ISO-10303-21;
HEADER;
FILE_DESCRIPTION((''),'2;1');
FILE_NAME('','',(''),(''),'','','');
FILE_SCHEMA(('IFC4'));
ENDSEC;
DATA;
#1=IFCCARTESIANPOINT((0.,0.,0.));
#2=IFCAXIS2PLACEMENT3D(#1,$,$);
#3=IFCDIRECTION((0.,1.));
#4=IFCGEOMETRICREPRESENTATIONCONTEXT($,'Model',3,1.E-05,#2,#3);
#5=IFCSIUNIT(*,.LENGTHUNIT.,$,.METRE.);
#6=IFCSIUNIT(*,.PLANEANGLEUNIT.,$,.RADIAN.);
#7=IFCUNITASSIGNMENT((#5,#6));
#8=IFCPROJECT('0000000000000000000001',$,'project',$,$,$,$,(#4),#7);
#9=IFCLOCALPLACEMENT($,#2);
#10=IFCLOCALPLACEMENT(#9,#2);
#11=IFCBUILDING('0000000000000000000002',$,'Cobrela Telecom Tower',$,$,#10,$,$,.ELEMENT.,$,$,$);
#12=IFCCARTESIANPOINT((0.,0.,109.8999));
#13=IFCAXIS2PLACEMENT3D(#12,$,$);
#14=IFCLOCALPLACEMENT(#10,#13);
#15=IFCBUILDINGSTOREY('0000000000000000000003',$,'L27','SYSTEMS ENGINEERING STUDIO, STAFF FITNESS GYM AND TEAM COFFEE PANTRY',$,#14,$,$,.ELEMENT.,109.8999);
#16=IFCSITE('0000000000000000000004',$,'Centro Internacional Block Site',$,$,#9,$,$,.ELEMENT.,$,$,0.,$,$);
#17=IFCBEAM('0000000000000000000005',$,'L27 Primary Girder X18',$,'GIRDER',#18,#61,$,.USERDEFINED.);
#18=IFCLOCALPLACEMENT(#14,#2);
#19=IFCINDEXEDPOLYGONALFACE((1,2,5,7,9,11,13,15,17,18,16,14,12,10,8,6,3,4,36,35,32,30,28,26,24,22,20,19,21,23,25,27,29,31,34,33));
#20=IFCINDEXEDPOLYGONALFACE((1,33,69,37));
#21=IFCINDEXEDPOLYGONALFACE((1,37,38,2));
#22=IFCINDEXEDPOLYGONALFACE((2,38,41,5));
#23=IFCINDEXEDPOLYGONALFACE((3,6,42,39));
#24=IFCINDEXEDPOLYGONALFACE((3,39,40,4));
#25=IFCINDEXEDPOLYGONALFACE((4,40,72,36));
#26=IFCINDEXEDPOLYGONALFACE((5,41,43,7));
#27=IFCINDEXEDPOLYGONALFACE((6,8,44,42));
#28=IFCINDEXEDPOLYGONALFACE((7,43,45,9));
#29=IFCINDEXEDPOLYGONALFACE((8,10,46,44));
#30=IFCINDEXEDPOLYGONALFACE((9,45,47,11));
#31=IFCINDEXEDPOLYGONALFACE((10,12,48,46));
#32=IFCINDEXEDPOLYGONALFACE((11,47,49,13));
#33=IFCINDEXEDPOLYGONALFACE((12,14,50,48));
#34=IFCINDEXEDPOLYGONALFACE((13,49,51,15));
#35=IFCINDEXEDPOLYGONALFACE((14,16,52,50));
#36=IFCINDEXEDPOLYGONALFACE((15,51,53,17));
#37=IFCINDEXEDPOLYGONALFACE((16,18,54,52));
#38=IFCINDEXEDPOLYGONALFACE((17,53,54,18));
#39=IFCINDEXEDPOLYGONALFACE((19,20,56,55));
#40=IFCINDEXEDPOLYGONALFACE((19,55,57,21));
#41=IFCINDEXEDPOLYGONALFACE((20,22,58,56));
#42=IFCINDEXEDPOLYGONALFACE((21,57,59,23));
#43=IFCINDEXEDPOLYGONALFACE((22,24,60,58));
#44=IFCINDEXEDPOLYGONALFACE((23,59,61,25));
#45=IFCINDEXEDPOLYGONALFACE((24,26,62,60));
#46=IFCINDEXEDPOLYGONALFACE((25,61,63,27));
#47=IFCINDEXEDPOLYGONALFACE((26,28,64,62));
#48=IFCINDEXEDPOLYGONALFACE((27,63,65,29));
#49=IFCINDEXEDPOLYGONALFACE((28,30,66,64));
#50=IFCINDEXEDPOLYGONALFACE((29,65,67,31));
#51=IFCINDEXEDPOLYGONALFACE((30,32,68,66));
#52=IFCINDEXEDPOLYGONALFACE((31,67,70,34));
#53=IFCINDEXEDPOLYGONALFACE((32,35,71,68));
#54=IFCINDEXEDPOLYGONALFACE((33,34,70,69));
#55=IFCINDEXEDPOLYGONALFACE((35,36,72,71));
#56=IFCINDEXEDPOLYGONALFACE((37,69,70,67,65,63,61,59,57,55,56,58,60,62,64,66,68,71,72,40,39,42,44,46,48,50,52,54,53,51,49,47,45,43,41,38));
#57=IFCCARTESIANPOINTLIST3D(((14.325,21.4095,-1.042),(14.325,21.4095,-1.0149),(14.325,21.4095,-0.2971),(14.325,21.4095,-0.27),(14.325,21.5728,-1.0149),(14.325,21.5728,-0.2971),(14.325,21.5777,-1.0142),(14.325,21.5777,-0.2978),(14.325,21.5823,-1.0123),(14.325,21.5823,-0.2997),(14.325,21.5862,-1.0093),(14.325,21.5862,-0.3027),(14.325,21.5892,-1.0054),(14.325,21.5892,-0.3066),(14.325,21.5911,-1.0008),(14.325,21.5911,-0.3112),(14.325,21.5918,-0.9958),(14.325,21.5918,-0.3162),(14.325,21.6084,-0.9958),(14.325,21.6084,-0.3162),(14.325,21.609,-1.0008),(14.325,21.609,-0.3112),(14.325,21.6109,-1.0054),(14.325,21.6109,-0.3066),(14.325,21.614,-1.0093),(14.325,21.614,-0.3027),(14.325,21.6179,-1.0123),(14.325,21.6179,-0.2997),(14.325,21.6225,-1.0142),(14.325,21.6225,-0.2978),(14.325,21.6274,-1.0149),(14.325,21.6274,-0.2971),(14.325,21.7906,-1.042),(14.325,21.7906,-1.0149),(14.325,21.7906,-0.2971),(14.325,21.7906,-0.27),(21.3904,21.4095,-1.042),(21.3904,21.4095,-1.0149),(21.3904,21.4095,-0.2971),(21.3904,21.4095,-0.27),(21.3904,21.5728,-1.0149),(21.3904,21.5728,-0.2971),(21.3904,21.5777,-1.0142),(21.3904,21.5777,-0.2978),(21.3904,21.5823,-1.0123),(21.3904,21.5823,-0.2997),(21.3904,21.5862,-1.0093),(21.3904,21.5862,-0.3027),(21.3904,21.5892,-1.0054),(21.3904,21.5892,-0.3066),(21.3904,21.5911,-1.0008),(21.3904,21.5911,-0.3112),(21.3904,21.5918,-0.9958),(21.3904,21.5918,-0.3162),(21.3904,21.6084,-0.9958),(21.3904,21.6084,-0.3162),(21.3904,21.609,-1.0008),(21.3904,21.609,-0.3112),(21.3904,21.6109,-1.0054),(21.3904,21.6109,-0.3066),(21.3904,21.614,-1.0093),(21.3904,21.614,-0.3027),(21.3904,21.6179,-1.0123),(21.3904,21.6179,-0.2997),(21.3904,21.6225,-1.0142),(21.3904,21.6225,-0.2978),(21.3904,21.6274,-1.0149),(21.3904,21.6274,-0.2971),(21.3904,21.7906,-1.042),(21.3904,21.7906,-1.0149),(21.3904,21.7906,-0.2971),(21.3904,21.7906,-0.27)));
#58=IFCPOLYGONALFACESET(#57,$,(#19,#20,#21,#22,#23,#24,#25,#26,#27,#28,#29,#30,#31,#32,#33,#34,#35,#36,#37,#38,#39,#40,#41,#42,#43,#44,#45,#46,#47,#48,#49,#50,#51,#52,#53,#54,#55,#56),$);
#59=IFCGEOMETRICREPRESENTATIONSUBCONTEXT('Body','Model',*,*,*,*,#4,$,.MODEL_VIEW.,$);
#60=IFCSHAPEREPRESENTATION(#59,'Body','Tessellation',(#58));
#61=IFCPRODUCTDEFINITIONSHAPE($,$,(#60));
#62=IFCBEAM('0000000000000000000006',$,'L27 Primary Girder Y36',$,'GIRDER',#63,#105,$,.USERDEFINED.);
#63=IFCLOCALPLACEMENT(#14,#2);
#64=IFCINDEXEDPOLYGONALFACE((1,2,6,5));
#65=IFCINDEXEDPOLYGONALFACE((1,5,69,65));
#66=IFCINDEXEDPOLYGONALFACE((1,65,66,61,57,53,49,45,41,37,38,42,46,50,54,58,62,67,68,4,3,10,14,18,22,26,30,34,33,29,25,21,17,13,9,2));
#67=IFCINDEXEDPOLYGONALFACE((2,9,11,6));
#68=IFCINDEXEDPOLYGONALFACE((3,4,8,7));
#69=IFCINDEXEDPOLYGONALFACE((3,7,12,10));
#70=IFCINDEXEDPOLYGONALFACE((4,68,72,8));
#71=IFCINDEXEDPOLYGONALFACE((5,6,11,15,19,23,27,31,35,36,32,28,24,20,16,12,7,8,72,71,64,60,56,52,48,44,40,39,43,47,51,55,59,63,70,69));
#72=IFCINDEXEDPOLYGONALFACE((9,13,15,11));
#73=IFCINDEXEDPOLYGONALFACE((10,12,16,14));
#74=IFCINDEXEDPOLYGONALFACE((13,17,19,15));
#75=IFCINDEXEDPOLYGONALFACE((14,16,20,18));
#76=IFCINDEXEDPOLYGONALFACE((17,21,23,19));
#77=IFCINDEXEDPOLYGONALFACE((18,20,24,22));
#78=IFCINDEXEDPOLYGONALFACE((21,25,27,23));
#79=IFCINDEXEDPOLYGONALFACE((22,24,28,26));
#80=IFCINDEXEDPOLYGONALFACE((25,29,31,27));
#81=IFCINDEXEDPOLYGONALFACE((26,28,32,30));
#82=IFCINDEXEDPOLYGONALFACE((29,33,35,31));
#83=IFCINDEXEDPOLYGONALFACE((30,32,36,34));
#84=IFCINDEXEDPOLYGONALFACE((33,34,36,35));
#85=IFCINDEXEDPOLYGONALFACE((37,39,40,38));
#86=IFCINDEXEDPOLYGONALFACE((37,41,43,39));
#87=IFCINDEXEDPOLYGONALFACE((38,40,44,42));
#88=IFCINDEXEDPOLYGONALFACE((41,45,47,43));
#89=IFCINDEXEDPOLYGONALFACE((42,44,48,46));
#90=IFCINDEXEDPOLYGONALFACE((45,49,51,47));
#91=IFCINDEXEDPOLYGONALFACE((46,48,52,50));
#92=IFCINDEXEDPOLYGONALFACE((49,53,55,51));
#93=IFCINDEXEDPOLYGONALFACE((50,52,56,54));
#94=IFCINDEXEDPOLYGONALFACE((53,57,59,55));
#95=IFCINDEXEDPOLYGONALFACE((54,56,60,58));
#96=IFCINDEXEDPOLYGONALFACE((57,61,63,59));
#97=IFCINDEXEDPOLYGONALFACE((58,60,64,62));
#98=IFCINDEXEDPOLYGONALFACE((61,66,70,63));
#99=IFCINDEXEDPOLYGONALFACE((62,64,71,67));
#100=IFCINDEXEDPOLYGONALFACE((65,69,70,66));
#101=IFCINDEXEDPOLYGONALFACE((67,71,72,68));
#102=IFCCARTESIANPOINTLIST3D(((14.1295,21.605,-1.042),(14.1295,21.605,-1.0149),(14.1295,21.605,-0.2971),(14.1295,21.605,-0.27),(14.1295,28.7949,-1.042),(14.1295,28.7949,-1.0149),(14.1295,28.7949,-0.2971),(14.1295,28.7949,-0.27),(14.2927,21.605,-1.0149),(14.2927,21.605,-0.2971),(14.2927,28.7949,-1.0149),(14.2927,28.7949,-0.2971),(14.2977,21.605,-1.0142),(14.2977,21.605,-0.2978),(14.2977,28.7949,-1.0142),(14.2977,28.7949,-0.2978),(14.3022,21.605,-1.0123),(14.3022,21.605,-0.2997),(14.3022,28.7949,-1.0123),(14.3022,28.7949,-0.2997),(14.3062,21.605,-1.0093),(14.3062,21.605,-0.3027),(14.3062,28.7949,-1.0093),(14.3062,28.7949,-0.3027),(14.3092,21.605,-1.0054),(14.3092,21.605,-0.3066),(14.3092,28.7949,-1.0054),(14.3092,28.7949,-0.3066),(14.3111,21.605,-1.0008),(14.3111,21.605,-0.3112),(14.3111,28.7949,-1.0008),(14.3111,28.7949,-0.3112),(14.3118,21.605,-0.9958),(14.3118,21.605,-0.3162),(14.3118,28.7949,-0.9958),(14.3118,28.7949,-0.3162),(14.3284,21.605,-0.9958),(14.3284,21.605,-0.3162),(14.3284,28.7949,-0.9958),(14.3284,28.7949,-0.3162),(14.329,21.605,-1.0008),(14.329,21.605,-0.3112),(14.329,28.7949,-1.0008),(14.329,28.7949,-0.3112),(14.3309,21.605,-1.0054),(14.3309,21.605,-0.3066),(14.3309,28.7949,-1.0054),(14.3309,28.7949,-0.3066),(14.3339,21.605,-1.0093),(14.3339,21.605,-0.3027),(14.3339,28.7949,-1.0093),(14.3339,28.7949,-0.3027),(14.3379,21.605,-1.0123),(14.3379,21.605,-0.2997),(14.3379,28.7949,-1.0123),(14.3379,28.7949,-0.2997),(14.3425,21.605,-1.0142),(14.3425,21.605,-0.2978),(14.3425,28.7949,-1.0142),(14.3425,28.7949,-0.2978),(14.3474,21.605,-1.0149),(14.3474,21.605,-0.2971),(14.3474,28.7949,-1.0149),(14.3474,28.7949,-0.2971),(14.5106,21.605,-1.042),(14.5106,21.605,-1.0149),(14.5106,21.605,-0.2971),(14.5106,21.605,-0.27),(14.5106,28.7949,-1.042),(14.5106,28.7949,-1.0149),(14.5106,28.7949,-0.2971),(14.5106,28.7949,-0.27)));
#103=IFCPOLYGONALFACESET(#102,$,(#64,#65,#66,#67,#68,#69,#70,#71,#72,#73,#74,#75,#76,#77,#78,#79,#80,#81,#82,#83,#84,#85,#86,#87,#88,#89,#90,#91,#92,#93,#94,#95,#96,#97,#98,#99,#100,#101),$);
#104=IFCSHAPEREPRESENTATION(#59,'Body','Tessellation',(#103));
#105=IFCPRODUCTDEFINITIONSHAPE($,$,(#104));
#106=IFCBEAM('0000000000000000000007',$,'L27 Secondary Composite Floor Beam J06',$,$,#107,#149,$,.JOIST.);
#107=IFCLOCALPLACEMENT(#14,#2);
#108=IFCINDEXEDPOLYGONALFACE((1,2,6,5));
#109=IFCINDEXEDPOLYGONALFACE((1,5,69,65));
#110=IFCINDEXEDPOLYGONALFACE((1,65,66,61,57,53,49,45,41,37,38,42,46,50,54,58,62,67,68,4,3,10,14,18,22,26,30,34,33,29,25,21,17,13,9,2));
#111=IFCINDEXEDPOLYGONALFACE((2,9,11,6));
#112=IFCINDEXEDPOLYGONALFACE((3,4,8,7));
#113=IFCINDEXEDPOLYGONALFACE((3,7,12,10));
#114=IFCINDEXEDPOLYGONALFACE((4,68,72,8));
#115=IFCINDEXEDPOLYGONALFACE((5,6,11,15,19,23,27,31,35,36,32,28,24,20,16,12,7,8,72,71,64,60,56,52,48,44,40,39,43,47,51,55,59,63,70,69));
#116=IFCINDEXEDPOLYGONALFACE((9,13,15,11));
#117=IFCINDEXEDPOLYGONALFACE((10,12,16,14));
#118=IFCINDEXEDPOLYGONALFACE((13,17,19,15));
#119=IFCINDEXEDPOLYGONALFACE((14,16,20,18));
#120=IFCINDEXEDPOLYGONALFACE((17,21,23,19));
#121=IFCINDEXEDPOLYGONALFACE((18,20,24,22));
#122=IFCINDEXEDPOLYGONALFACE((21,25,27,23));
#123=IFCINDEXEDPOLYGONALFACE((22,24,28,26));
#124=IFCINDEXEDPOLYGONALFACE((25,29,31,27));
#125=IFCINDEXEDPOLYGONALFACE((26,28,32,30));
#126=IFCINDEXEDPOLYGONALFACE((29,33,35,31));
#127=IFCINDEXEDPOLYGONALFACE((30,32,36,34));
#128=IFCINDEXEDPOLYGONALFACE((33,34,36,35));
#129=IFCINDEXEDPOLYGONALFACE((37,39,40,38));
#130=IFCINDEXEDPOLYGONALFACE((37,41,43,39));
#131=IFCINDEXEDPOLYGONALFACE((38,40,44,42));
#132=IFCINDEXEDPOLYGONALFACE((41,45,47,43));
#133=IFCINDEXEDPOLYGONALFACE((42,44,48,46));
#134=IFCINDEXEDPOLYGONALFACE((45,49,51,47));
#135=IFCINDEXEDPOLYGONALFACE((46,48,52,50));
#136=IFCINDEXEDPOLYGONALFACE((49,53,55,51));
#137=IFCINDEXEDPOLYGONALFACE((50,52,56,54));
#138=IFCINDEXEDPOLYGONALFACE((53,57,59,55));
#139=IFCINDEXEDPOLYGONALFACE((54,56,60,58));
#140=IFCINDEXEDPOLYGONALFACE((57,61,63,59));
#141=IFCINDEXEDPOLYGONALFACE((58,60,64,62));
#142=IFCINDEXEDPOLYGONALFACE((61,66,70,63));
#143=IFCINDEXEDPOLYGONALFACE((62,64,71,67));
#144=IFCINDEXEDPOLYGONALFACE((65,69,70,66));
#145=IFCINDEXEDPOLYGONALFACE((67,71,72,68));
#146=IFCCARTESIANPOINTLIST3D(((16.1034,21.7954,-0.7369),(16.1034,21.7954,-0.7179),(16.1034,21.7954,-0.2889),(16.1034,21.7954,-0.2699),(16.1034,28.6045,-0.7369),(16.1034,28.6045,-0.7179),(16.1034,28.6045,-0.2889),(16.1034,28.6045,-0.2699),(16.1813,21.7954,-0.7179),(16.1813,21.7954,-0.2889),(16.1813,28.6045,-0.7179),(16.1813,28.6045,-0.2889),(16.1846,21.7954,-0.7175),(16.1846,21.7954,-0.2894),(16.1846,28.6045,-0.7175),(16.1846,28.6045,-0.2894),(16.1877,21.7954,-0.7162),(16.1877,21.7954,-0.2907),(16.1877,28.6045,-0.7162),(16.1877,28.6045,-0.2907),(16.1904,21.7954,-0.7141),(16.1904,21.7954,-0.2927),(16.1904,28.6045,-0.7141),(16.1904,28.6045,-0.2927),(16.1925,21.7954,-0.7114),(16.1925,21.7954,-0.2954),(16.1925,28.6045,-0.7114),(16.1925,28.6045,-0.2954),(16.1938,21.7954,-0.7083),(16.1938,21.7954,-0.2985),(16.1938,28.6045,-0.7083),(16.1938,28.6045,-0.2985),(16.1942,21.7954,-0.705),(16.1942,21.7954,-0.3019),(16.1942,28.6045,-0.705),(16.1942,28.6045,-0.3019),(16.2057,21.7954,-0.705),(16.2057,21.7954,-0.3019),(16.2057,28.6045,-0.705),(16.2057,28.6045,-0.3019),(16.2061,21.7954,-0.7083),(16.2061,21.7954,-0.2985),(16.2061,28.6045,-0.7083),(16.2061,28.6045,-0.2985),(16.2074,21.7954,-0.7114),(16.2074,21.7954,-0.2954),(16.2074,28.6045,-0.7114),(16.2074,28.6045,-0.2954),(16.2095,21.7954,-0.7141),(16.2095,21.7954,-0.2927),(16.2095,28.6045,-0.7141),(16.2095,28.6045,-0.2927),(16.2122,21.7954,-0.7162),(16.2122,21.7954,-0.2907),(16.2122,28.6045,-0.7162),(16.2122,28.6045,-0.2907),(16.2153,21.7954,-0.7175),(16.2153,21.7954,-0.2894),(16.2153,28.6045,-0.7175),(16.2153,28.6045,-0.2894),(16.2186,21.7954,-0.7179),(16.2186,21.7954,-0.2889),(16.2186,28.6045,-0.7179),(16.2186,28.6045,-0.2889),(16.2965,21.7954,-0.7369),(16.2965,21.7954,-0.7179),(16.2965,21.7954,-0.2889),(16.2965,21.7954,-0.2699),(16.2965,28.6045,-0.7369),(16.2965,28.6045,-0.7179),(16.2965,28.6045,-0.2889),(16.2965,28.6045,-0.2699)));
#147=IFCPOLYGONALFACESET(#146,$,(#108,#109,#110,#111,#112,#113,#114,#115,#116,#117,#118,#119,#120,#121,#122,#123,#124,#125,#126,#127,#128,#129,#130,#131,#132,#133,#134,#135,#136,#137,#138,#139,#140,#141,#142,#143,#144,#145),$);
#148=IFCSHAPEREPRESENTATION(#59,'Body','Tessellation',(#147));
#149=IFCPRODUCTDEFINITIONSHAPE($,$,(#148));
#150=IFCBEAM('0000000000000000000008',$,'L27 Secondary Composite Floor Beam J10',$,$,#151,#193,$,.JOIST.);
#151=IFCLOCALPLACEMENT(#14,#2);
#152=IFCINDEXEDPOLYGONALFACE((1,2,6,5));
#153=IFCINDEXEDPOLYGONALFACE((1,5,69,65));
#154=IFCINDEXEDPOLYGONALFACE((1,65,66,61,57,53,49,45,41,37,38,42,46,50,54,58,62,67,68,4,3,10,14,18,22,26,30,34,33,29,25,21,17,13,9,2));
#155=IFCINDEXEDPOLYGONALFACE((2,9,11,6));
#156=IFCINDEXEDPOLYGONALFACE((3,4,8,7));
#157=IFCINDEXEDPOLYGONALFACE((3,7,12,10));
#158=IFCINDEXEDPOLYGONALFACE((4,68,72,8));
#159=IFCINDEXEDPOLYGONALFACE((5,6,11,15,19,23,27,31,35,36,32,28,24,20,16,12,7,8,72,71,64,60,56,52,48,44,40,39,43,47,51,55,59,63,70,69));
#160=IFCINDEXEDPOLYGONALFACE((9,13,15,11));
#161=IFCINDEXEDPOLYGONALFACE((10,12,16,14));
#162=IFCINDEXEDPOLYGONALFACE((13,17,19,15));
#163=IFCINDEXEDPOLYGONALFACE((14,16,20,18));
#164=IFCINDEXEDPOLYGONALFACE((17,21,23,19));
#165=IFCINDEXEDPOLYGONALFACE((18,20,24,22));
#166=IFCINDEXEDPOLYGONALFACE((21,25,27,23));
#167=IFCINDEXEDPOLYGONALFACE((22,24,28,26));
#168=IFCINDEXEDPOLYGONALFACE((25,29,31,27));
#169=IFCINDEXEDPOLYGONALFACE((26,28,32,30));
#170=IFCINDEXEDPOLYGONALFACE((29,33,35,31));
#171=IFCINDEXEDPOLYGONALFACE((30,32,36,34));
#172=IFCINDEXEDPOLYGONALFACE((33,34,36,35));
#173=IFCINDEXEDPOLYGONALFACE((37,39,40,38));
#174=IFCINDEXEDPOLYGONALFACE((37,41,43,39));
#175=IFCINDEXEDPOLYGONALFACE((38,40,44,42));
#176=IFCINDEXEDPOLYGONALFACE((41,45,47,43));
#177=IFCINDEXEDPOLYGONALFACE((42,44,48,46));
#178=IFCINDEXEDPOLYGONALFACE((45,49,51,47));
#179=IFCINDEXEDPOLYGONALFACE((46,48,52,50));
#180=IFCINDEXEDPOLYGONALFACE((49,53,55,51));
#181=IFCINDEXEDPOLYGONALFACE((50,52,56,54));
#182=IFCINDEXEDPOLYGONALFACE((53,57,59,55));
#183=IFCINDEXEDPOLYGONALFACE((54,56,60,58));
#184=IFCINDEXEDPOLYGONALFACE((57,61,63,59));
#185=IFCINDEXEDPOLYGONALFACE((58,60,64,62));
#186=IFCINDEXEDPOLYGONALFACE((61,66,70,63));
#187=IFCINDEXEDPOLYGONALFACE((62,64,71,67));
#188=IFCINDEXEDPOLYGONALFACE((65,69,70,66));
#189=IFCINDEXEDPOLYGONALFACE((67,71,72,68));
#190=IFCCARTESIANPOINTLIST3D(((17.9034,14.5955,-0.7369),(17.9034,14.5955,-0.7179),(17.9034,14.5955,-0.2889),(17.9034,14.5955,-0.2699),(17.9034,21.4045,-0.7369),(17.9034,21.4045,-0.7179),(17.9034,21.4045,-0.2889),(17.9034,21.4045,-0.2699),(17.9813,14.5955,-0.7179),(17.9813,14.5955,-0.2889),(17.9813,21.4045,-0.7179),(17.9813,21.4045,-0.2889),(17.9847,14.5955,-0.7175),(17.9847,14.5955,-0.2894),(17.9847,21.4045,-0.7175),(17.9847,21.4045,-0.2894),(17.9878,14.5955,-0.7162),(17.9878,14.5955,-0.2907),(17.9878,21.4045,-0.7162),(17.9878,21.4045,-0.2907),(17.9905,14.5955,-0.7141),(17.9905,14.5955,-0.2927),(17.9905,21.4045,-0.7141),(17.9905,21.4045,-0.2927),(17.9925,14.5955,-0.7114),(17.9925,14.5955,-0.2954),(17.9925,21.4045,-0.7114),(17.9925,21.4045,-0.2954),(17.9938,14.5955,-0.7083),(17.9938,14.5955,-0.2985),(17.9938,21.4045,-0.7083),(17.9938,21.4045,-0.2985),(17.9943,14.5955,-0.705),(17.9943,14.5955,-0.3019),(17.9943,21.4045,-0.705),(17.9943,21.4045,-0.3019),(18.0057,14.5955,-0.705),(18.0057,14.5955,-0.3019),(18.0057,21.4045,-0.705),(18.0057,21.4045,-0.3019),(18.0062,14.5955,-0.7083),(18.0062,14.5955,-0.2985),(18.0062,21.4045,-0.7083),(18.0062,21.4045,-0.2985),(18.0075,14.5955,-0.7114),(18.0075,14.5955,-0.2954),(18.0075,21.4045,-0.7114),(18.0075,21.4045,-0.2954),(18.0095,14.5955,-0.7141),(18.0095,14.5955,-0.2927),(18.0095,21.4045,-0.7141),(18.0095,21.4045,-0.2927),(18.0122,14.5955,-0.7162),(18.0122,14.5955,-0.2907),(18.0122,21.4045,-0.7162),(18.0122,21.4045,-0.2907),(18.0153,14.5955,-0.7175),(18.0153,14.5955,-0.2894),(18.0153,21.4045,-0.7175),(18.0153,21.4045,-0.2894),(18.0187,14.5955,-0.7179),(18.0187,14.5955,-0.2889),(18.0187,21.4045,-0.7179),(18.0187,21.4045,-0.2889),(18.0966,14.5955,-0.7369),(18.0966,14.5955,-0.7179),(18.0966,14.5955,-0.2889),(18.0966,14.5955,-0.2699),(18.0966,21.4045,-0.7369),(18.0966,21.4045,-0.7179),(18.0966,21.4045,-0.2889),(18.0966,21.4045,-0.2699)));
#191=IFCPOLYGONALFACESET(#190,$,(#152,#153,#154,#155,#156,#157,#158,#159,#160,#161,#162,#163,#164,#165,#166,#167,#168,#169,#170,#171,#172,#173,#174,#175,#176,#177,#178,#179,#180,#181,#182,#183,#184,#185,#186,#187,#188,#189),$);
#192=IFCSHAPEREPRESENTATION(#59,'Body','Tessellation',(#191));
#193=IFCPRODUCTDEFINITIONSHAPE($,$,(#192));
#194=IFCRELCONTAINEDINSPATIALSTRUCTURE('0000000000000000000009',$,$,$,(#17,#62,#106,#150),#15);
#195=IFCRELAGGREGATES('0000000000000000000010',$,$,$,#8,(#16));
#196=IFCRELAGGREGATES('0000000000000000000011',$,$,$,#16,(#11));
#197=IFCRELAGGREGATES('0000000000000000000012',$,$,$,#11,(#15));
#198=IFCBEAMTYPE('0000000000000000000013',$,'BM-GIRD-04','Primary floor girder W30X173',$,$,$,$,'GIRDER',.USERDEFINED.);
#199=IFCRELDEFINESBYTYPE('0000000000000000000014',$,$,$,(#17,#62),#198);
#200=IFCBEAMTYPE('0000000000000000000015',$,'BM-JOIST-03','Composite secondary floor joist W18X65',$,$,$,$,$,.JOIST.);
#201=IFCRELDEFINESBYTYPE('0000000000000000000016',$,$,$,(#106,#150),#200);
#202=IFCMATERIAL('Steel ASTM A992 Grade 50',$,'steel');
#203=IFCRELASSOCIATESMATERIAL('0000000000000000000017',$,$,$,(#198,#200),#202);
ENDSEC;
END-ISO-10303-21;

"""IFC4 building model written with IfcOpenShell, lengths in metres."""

from ifc_helpers import new_model, si_unit, direction, frame, origin, origin_2d, place, context, subcontext, project, spatial, i_section, extrude, material, material_profile, profile_set, type_object, element, save


model = new_model("IFC4")

# Units and contexts
model_context = context("Model", 3, precision=1e-05, world=origin(), true_north=direction((0.0, 1.0)))
body_context = subcontext(model_context, "Body", "Model", "MODEL_VIEW")
ifc_project = project(units=[si_unit("LENGTHUNIT", "METRE"), si_unit("PLANEANGLEUNIT", "RADIAN")], contexts=[model_context])

# Site, building, storey
site_placement = place(None, origin())
site = spatial("IfcSite", under=ifc_project, at=site_placement, Name="Centro Internacional Block Site", CompositionType="ELEMENT", RefElevation=0.0)
building_placement = place(site_placement, origin())
building = spatial("IfcBuilding", under=site, at=building_placement, Name="Cobrela Telecom Tower", CompositionType="ELEMENT")
storey_placement = place(building_placement, frame((0.0, 0.0, 109.8999)))
storey = spatial("IfcBuildingStorey", under=building, at=storey_placement, Name="L27", Description="SYSTEMS ENGINEERING STUDIO, STAFF FITNESS GYM AND TEAM COFFEE PANTRY", CompositionType="ELEMENT", Elevation=109.8999)

# Beams
ifc_material_1 = material(Name="Steel ASTM A992 Grade 50", Category="steel")
ifc_material_profile_1 = material_profile(ifc_material_1, i_section(OverallWidth=0.3811, OverallDepth=0.772, WebThickness=0.0166, FlangeThickness=0.0271, FilletRadius=0.019, at=origin_2d()), Name="W30X173")
ifc_profile_set_1 = profile_set([ifc_material_profile_1], Name="Steel ASTM A992 Grade 50")
beam_type_1 = type_object("IfcBeamType", Name="BM-GIRD-04", Description="Primary floor girder W30X173", ElementType="GIRDER", PredefinedType="USERDEFINED", material=ifc_profile_set_1)
beam_1_placement = place(storey_placement, frame((14.325, 21.6001, -0.656), z_axis=(1.0, 0.0, 0.0), x_axis=(0.0, 1.0, 0.0)))
element("IfcBeam", 1, at=beam_1_placement, inside=storey, type_object=beam_type_1, Name="L27 Primary Girder X18", ObjectType="GIRDER", PredefinedType="USERDEFINED", context=body_context, shape_type="SweptSolid", body=[
    extrude(i_section(OverallWidth=0.3811, OverallDepth=0.772, WebThickness=0.0166, FlangeThickness=0.0271, FilletRadius=0.019, at=origin_2d()), origin(), (0.0, 0.0, 1.0), 7.0654),
])
beam_2_placement = place(storey_placement, frame((14.3201, 21.605, -0.656), z_axis=(0.0, 1.0, 0.0), x_axis=(-1.0, 0.0, 0.0)))
element("IfcBeam", 2, at=beam_2_placement, inside=storey, type_object=beam_type_1, Name="L27 Primary Girder Y36", ObjectType="GIRDER", PredefinedType="USERDEFINED", context=body_context, shape_type="SweptSolid", body=[
    extrude(i_section(OverallWidth=0.3811, OverallDepth=0.772, WebThickness=0.0166, FlangeThickness=0.0271, FilletRadius=0.019, at=origin_2d()), origin(), (0.0, 0.0, 1.0), 7.1899),
])
ifc_material_profile_2 = material_profile(ifc_material_1, i_section(OverallWidth=0.1931, OverallDepth=0.467, WebThickness=0.0115, FlangeThickness=0.019, FilletRadius=0.0129, at=origin_2d()), Name="W18X65")
ifc_profile_set_2 = profile_set([ifc_material_profile_2], Name="Steel ASTM A992 Grade 50")
beam_type_2 = type_object("IfcBeamType", Name="BM-JOIST-03", Description="Composite secondary floor joist W18X65", PredefinedType="JOIST", material=ifc_profile_set_2)
for number, where, z_axis, x_axis, name in (
    (3, (16.2, 21.7954, -0.5034), (0.0, 1.0, 0.0), (-1.0, 0.0, 0.0), "L27 Secondary Composite Floor Beam J06"),
    (4, (18.0, 14.5955, -0.5034), (0.0, 1.0, 0.0), (-1.0, 0.0, 0.0), "L27 Secondary Composite Floor Beam J10"),
):
    element("IfcBeam", number, at=place(storey_placement, frame(where, z_axis=z_axis, x_axis=x_axis)), inside=storey, type_object=beam_type_2, Name=name, PredefinedType="JOIST", context=body_context, shape_type="SweptSolid", body=[
        extrude(i_section(OverallWidth=0.1931, OverallDepth=0.467, WebThickness=0.0115, FlangeThickness=0.019, FilletRadius=0.0129, at=origin_2d()), origin(), (0.0, 0.0, 1.0), 6.8091),
    ])

save(model, "model.ifc")
